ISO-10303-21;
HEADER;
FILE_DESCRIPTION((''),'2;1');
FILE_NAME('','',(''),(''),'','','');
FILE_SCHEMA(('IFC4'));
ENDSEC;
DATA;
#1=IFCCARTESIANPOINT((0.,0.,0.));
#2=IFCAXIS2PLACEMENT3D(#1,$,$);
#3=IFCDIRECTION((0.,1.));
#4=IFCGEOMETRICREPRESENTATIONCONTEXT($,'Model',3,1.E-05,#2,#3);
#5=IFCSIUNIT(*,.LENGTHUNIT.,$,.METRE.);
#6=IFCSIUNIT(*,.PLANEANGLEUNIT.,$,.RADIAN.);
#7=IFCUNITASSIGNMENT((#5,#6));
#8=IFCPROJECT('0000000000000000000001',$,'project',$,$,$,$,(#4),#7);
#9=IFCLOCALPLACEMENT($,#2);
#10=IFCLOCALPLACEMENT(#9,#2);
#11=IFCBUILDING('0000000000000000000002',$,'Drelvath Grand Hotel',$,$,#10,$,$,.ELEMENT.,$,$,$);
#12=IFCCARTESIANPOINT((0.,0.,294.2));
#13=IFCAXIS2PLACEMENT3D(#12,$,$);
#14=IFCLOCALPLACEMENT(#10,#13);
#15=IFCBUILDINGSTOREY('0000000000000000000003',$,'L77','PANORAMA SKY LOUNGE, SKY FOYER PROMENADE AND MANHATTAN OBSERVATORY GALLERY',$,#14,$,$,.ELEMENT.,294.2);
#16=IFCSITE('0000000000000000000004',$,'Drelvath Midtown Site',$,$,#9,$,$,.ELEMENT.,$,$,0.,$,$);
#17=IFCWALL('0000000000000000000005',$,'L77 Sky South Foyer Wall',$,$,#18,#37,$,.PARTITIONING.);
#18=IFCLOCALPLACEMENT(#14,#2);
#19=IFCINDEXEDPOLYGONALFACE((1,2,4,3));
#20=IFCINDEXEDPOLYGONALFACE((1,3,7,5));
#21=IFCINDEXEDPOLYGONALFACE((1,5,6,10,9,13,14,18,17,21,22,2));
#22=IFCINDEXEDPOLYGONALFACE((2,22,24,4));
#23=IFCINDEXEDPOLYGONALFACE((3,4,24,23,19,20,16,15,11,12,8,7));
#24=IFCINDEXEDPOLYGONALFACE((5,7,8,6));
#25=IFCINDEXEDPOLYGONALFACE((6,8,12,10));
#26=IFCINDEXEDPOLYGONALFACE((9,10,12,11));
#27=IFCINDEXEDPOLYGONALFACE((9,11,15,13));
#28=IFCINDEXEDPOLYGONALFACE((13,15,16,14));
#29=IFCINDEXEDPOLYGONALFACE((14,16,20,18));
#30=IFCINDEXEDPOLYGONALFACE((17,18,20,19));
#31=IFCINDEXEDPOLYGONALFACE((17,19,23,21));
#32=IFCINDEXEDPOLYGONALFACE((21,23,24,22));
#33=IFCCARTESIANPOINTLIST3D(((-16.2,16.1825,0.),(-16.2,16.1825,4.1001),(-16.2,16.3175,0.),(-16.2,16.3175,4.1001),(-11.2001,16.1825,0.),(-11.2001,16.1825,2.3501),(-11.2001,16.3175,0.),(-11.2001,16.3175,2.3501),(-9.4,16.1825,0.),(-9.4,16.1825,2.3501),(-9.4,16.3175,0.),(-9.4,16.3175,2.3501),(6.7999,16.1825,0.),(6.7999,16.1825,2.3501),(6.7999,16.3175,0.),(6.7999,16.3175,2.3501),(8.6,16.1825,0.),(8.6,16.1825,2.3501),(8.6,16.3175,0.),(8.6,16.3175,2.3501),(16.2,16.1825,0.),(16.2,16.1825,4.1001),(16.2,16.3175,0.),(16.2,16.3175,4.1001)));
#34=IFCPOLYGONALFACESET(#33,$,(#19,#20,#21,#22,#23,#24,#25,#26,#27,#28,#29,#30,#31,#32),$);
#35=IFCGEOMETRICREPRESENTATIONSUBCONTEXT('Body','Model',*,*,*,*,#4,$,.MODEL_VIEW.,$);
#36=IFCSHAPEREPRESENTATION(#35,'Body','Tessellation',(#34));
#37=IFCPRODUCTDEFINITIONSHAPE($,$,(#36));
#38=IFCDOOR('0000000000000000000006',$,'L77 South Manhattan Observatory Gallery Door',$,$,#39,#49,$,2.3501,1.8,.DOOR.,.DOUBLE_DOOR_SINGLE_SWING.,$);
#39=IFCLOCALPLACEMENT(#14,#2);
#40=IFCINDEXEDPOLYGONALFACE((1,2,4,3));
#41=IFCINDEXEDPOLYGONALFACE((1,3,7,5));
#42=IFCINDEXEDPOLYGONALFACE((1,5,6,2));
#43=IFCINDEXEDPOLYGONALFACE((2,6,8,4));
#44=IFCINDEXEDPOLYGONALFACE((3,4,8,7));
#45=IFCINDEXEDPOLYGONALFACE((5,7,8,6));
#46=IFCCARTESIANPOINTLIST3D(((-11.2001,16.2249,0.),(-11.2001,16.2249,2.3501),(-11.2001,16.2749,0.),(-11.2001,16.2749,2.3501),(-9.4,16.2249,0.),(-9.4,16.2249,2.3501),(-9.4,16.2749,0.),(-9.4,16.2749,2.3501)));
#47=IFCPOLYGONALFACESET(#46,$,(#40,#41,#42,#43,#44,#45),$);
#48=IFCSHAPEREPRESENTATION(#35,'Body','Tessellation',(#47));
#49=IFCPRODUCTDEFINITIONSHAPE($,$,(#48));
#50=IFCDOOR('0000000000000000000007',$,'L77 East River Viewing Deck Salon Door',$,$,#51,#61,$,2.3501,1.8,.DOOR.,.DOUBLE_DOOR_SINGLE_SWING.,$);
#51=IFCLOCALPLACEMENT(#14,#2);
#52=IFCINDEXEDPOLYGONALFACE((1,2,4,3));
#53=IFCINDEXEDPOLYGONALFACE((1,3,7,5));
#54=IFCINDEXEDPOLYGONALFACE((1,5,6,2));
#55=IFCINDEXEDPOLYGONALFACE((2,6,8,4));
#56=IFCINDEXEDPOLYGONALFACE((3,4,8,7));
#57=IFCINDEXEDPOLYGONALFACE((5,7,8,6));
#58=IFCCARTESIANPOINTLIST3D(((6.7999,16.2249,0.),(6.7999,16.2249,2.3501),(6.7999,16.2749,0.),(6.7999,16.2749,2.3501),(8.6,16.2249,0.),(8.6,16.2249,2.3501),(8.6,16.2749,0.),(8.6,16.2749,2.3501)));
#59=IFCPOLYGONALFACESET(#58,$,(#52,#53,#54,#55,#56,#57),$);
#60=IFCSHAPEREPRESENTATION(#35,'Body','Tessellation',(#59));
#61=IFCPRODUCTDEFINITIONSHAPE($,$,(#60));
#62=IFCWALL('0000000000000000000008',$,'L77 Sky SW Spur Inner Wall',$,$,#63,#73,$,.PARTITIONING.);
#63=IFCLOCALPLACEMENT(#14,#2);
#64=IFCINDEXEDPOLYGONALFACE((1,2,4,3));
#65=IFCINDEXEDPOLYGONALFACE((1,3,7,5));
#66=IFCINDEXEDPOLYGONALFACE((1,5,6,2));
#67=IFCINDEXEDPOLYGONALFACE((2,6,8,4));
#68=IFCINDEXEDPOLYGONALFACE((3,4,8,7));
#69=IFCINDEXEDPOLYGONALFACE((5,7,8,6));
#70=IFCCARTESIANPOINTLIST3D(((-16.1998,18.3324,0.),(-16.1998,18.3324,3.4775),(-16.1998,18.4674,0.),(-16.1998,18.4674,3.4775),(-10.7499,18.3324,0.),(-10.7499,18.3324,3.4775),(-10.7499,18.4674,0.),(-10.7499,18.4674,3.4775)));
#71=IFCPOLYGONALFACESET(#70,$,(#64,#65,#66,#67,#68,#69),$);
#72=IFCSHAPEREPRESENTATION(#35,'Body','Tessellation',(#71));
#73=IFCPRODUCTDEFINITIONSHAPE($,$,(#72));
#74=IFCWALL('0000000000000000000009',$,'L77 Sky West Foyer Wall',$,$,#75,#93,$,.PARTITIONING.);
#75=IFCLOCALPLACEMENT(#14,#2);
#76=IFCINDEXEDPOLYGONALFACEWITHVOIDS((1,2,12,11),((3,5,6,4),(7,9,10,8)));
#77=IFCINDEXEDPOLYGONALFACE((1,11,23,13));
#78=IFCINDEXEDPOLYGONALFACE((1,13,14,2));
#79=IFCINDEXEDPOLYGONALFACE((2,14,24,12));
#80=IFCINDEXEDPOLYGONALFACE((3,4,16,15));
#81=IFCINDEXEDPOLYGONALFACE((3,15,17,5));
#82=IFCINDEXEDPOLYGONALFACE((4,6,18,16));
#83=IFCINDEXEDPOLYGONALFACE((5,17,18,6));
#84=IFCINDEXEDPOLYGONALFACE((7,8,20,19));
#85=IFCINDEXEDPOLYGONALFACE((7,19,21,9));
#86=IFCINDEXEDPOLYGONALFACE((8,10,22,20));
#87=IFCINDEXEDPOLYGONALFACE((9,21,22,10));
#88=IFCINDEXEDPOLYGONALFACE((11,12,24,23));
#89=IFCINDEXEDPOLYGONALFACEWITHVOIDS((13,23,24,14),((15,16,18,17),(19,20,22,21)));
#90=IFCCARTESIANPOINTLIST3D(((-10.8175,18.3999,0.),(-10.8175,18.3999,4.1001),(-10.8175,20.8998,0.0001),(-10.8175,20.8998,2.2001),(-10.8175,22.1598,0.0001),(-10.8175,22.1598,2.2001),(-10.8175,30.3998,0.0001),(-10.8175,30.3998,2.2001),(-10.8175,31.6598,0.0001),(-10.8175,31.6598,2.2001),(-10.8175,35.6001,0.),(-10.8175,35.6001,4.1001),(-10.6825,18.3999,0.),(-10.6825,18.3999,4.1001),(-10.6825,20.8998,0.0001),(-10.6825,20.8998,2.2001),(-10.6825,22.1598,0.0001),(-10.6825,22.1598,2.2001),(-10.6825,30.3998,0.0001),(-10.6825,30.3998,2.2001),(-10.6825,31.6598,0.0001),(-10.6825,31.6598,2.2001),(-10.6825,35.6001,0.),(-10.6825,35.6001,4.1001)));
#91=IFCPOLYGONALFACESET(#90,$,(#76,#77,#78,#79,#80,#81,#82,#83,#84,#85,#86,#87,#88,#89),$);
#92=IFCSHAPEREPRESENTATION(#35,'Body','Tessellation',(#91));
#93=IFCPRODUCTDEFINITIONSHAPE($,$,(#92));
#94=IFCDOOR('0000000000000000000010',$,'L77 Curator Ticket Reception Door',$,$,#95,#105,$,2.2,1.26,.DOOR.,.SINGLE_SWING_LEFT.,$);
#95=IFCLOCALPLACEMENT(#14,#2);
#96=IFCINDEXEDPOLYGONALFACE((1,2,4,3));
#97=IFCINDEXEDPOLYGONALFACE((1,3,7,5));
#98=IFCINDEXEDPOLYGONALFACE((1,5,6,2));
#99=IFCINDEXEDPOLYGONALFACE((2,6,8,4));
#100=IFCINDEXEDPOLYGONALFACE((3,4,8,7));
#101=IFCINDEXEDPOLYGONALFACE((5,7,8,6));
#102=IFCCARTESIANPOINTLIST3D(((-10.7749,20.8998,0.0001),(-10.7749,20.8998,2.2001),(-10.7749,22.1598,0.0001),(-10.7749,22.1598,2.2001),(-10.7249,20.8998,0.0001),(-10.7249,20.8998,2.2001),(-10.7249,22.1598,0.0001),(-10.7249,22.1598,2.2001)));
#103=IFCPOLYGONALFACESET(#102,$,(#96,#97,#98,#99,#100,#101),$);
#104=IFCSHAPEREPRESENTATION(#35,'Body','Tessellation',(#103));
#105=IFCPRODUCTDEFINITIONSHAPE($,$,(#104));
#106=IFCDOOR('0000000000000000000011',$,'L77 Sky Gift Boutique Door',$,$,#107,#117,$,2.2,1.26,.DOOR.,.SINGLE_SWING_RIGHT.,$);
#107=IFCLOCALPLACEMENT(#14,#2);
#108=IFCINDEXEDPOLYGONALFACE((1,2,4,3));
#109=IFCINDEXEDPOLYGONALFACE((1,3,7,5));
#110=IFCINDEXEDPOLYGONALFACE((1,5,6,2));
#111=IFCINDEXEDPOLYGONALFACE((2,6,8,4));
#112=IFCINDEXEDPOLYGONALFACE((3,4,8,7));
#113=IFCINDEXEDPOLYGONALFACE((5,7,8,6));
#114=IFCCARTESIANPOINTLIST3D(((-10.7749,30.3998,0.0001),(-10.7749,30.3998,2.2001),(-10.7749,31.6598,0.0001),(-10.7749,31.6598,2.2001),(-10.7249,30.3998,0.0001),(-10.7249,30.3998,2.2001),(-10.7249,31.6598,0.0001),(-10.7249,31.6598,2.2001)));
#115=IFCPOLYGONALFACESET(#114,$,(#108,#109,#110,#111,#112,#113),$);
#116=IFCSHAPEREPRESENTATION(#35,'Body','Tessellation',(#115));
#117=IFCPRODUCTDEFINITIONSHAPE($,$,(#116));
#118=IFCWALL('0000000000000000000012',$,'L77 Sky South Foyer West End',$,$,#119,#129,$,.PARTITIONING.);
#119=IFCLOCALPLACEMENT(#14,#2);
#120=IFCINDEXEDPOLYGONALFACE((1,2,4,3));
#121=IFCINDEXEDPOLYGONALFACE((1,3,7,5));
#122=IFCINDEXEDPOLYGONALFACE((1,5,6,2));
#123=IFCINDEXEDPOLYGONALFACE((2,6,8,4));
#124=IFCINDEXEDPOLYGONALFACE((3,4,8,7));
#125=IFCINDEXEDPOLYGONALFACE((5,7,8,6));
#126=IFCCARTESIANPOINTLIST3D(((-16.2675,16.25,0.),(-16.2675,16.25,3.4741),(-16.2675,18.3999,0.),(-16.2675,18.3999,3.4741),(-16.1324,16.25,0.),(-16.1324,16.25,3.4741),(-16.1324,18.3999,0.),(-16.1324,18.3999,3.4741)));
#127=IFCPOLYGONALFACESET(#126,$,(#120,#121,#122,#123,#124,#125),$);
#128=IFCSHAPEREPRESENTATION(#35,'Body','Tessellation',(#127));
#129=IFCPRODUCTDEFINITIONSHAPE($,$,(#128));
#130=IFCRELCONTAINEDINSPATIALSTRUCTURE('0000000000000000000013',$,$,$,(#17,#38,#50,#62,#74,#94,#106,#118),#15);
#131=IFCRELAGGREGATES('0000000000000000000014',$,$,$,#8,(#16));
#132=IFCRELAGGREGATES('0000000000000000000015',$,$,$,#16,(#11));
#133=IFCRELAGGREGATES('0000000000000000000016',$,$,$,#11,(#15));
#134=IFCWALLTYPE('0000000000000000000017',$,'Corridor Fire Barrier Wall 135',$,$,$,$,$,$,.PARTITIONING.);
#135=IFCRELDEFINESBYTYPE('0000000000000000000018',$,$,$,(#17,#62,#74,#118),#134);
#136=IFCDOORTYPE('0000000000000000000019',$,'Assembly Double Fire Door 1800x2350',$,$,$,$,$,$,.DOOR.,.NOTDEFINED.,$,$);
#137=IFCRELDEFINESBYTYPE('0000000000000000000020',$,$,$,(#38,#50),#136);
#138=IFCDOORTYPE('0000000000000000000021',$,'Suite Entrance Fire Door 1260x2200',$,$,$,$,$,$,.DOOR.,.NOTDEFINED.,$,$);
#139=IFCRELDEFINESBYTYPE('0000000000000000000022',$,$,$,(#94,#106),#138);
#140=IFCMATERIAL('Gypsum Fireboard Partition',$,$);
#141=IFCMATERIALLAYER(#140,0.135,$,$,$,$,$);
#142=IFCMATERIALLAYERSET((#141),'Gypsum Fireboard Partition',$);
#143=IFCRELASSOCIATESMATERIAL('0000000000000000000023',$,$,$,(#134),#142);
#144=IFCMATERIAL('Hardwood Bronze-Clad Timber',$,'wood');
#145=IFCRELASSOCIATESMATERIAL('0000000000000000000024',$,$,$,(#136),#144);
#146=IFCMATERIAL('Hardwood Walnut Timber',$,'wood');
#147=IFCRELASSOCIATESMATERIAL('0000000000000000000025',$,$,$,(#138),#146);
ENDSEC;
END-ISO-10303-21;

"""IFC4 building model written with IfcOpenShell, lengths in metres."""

from ifc_helpers import new_model, si_unit, direction, frame, frame_2d, origin, place, context, subcontext, project, spatial, rectangle, extrude, material, layer, layer_set, type_object, element, fill, save


model = new_model("IFC4")

# Units and contexts
model_context = context("Model", 3, precision=1e-05, world=origin(), true_north=direction((0.0, 1.0)))
body_context = subcontext(model_context, "Body", "Model", "MODEL_VIEW")
ifc_project = project(units=[si_unit("LENGTHUNIT", "METRE"), si_unit("PLANEANGLEUNIT", "RADIAN")], contexts=[model_context])

# Site, building, storey
site_placement = place(None, origin())
site = spatial("IfcSite", under=ifc_project, at=site_placement, Name="Drelvath Midtown Site", CompositionType="ELEMENT", RefElevation=0.0)
building_placement = place(site_placement, origin())
building = spatial("IfcBuilding", under=site, at=building_placement, Name="Drelvath Grand Hotel", CompositionType="ELEMENT")
storey_placement = place(building_placement, frame((0.0, 0.0, 294.2)))
storey = spatial("IfcBuildingStorey", under=building, at=storey_placement, Name="L77", Description="PANORAMA SKY LOUNGE, SKY FOYER PROMENADE AND MANHATTAN OBSERVATORY GALLERY", CompositionType="ELEMENT", Elevation=294.2)

# Wall, openings, doors
ifc_material_1 = material(Name="Gypsum Fireboard Partition")
ifc_layer_1 = layer(ifc_material_1, 0.135)
ifc_layer_set_1 = layer_set([ifc_layer_1], Name="Gypsum Fireboard Partition")
wall_type_1 = type_object("IfcWallType", Name="Corridor Fire Barrier Wall 135", PredefinedType="PARTITIONING", material=ifc_layer_set_1)
wall_1_placement = place(storey_placement, frame((-16.2, 16.25, 0.0), z_axis=(0.0, 0.0, 1.0), x_axis=(1.0, 0.0, 0.0)))
wall_1 = element("IfcWall", 1, at=wall_1_placement, inside=storey, type_object=wall_type_1, Name="L77 Sky South Foyer Wall", PredefinedType="PARTITIONING", context=body_context, shape_type="SweptSolid", body=[
    extrude(rectangle(XDim=32.3999, YDim=0.135, at=frame_2d((16.2, 0.0))), origin(), (0.0, 0.0, 1.0), 4.1001),
])
opening_1_placement = place(wall_1_placement, frame((5.0, 0.0, 0.0)))
opening_1 = element("IfcOpeningElement", 2, at=opening_1_placement, cuts=wall_1, PredefinedType="OPENING", context=body_context, shape_type="SweptSolid", body=[
    extrude(rectangle(XDim=1.8, YDim=2.3501, at=frame_2d((0.8999, 1.175))), frame((0.0, 0.0774, 0.0), z_axis=(0.0, -1.0, 0.0), x_axis=(1.0, 0.0, 0.0)), (0.0, 0.0, 1.0), 0.155),
])
opening_2_placement = place(wall_1_placement, frame((23.0, 0.0, 0.0)))
opening_2 = element("IfcOpeningElement", 3, at=opening_2_placement, cuts=wall_1, PredefinedType="OPENING", context=body_context, shape_type="SweptSolid", body=[
    extrude(rectangle(XDim=1.8, YDim=2.3501, at=frame_2d((0.8999, 1.175))), frame((0.0, 0.0774, 0.0), z_axis=(0.0, -1.0, 0.0), x_axis=(1.0, 0.0, 0.0)), (0.0, 0.0, 1.0), 0.155),
])
ifc_material_2 = material(Name="Hardwood Bronze-Clad Timber", Category="wood")
door_type_1 = type_object("IfcDoorType", Name="Assembly Double Fire Door 1800x2350", OperationType="NOTDEFINED", PredefinedType="DOOR", material=ifc_material_2)
door_1_placement = place(opening_1_placement, origin())
door_1 = element("IfcDoor", 4, at=door_1_placement, inside=storey, type_object=door_type_1, Name="L77 South Manhattan Observatory Gallery Door", OperationType="DOUBLE_DOOR_SINGLE_SWING", OverallHeight=2.3501, OverallWidth=1.8, PredefinedType="DOOR", context=body_context, shape_type="SweptSolid", body=[
    extrude(rectangle(XDim=1.8, YDim=2.3501, at=frame_2d((0.8999, 1.175))), frame((0.0, 0.0249, 0.0), z_axis=(0.0, -1.0, 0.0), x_axis=(1.0, 0.0, 0.0)), (0.0, 0.0, 1.0), 0.05),
])
fill(opening_1, door_1)
door_2_placement = place(opening_2_placement, origin())
door_2 = element("IfcDoor", 5, at=door_2_placement, inside=storey, type_object=door_type_1, Name="L77 East River Viewing Deck Salon Door", OperationType="DOUBLE_DOOR_SINGLE_SWING", OverallHeight=2.3501, OverallWidth=1.8, PredefinedType="DOOR", context=body_context, shape_type="SweptSolid", body=[
    extrude(rectangle(XDim=1.8, YDim=2.3501, at=frame_2d((0.8999, 1.175))), frame((0.0, 0.0249, 0.0), z_axis=(0.0, -1.0, 0.0), x_axis=(1.0, 0.0, 0.0)), (0.0, 0.0, 1.0), 0.05),
])
fill(opening_2, door_2)

# Wall
wall_2_placement = place(storey_placement, frame((-16.2, 18.3999, 0.0), z_axis=(0.0, 0.0, 1.0), x_axis=(1.0, 0.0, 0.0)))
element("IfcWall", 6, at=wall_2_placement, inside=storey, type_object=wall_type_1, Name="L77 Sky SW Spur Inner Wall", PredefinedType="PARTITIONING", context=body_context, shape_type="SweptSolid", body=[
    extrude(rectangle(XDim=5.45, YDim=0.135, at=frame_2d((2.7251, 0.0))), origin(), (0.0, 0.0, 1.0), 3.4775),
])

# Wall, openings, doors
wall_3_placement = place(storey_placement, frame((-10.75, 18.3999, 0.0), z_axis=(0.0, 0.0, 1.0), x_axis=(0.0, 1.0, 0.0)))
wall_3 = element("IfcWall", 7, at=wall_3_placement, inside=storey, type_object=wall_type_1, Name="L77 Sky West Foyer Wall", PredefinedType="PARTITIONING", context=body_context, shape_type="SweptSolid", body=[
    extrude(rectangle(XDim=17.2002, YDim=0.135, at=frame_2d((8.6001, 0.0))), origin(), (0.0, 0.0, 1.0), 4.1001),
])
opening_3_placement = place(wall_3_placement, frame((2.5, 0.0, 0.0)))
opening_3 = element("IfcOpeningElement", 8, at=opening_3_placement, cuts=wall_3, PredefinedType="OPENING", context=body_context, shape_type="SweptSolid", body=[
    extrude(rectangle(XDim=1.26, YDim=2.2, at=frame_2d((0.6299, 1.1001))), frame((0.0, 0.0774, 0.0), z_axis=(0.0, -1.0, 0.0), x_axis=(1.0, 0.0, 0.0)), (0.0, 0.0, 1.0), 0.155),
])
opening_4_placement = place(wall_3_placement, frame((12.0, 0.0, 0.0)))
opening_4 = element("IfcOpeningElement", 9, at=opening_4_placement, cuts=wall_3, PredefinedType="OPENING", context=body_context, shape_type="SweptSolid", body=[
    extrude(rectangle(XDim=1.26, YDim=2.2, at=frame_2d((0.6299, 1.1001))), frame((0.0, 0.0774, 0.0), z_axis=(0.0, -1.0, 0.0), x_axis=(1.0, 0.0, 0.0)), (0.0, 0.0, 1.0), 0.155),
])
ifc_material_3 = material(Name="Hardwood Walnut Timber", Category="wood")
door_type_2 = type_object("IfcDoorType", Name="Suite Entrance Fire Door 1260x2200", OperationType="NOTDEFINED", PredefinedType="DOOR", material=ifc_material_3)
door_3_placement = place(opening_3_placement, origin())
door_3 = element("IfcDoor", 10, at=door_3_placement, inside=storey, type_object=door_type_2, Name="L77 Curator Ticket Reception Door", OperationType="SINGLE_SWING_LEFT", OverallHeight=2.2, OverallWidth=1.26, PredefinedType="DOOR", context=body_context, shape_type="SweptSolid", body=[
    extrude(rectangle(XDim=1.26, YDim=2.2, at=frame_2d((0.6299, 1.1001))), frame((0.0, 0.0249, 0.0), z_axis=(0.0, -1.0, 0.0), x_axis=(1.0, 0.0, 0.0)), (0.0, 0.0, 1.0), 0.05),
])
fill(opening_3, door_3)
door_4_placement = place(opening_4_placement, origin())
door_4 = element("IfcDoor", 11, at=door_4_placement, inside=storey, type_object=door_type_2, Name="L77 Sky Gift Boutique Door", OperationType="SINGLE_SWING_RIGHT", OverallHeight=2.2, OverallWidth=1.26, PredefinedType="DOOR", context=body_context, shape_type="SweptSolid", body=[
    extrude(rectangle(XDim=1.26, YDim=2.2, at=frame_2d((0.6299, 1.1001))), frame((0.0, 0.0249, 0.0), z_axis=(0.0, -1.0, 0.0), x_axis=(1.0, 0.0, 0.0)), (0.0, 0.0, 1.0), 0.05),
])
fill(opening_4, door_4)

# Wall
wall_4_placement = place(storey_placement, frame((-16.2, 16.25, 0.0), z_axis=(0.0, 0.0, 1.0), x_axis=(0.0, 1.0, 0.0)))
element("IfcWall", 12, at=wall_4_placement, inside=storey, type_object=wall_type_1, Name="L77 Sky South Foyer West End", PredefinedType="PARTITIONING", context=body_context, shape_type="SweptSolid", body=[
    extrude(rectangle(XDim=2.1499, YDim=0.135, at=frame_2d((1.075, 0.0))), origin(), (0.0, 0.0, 1.0), 3.4741),
])

save(model, "model.ifc")
